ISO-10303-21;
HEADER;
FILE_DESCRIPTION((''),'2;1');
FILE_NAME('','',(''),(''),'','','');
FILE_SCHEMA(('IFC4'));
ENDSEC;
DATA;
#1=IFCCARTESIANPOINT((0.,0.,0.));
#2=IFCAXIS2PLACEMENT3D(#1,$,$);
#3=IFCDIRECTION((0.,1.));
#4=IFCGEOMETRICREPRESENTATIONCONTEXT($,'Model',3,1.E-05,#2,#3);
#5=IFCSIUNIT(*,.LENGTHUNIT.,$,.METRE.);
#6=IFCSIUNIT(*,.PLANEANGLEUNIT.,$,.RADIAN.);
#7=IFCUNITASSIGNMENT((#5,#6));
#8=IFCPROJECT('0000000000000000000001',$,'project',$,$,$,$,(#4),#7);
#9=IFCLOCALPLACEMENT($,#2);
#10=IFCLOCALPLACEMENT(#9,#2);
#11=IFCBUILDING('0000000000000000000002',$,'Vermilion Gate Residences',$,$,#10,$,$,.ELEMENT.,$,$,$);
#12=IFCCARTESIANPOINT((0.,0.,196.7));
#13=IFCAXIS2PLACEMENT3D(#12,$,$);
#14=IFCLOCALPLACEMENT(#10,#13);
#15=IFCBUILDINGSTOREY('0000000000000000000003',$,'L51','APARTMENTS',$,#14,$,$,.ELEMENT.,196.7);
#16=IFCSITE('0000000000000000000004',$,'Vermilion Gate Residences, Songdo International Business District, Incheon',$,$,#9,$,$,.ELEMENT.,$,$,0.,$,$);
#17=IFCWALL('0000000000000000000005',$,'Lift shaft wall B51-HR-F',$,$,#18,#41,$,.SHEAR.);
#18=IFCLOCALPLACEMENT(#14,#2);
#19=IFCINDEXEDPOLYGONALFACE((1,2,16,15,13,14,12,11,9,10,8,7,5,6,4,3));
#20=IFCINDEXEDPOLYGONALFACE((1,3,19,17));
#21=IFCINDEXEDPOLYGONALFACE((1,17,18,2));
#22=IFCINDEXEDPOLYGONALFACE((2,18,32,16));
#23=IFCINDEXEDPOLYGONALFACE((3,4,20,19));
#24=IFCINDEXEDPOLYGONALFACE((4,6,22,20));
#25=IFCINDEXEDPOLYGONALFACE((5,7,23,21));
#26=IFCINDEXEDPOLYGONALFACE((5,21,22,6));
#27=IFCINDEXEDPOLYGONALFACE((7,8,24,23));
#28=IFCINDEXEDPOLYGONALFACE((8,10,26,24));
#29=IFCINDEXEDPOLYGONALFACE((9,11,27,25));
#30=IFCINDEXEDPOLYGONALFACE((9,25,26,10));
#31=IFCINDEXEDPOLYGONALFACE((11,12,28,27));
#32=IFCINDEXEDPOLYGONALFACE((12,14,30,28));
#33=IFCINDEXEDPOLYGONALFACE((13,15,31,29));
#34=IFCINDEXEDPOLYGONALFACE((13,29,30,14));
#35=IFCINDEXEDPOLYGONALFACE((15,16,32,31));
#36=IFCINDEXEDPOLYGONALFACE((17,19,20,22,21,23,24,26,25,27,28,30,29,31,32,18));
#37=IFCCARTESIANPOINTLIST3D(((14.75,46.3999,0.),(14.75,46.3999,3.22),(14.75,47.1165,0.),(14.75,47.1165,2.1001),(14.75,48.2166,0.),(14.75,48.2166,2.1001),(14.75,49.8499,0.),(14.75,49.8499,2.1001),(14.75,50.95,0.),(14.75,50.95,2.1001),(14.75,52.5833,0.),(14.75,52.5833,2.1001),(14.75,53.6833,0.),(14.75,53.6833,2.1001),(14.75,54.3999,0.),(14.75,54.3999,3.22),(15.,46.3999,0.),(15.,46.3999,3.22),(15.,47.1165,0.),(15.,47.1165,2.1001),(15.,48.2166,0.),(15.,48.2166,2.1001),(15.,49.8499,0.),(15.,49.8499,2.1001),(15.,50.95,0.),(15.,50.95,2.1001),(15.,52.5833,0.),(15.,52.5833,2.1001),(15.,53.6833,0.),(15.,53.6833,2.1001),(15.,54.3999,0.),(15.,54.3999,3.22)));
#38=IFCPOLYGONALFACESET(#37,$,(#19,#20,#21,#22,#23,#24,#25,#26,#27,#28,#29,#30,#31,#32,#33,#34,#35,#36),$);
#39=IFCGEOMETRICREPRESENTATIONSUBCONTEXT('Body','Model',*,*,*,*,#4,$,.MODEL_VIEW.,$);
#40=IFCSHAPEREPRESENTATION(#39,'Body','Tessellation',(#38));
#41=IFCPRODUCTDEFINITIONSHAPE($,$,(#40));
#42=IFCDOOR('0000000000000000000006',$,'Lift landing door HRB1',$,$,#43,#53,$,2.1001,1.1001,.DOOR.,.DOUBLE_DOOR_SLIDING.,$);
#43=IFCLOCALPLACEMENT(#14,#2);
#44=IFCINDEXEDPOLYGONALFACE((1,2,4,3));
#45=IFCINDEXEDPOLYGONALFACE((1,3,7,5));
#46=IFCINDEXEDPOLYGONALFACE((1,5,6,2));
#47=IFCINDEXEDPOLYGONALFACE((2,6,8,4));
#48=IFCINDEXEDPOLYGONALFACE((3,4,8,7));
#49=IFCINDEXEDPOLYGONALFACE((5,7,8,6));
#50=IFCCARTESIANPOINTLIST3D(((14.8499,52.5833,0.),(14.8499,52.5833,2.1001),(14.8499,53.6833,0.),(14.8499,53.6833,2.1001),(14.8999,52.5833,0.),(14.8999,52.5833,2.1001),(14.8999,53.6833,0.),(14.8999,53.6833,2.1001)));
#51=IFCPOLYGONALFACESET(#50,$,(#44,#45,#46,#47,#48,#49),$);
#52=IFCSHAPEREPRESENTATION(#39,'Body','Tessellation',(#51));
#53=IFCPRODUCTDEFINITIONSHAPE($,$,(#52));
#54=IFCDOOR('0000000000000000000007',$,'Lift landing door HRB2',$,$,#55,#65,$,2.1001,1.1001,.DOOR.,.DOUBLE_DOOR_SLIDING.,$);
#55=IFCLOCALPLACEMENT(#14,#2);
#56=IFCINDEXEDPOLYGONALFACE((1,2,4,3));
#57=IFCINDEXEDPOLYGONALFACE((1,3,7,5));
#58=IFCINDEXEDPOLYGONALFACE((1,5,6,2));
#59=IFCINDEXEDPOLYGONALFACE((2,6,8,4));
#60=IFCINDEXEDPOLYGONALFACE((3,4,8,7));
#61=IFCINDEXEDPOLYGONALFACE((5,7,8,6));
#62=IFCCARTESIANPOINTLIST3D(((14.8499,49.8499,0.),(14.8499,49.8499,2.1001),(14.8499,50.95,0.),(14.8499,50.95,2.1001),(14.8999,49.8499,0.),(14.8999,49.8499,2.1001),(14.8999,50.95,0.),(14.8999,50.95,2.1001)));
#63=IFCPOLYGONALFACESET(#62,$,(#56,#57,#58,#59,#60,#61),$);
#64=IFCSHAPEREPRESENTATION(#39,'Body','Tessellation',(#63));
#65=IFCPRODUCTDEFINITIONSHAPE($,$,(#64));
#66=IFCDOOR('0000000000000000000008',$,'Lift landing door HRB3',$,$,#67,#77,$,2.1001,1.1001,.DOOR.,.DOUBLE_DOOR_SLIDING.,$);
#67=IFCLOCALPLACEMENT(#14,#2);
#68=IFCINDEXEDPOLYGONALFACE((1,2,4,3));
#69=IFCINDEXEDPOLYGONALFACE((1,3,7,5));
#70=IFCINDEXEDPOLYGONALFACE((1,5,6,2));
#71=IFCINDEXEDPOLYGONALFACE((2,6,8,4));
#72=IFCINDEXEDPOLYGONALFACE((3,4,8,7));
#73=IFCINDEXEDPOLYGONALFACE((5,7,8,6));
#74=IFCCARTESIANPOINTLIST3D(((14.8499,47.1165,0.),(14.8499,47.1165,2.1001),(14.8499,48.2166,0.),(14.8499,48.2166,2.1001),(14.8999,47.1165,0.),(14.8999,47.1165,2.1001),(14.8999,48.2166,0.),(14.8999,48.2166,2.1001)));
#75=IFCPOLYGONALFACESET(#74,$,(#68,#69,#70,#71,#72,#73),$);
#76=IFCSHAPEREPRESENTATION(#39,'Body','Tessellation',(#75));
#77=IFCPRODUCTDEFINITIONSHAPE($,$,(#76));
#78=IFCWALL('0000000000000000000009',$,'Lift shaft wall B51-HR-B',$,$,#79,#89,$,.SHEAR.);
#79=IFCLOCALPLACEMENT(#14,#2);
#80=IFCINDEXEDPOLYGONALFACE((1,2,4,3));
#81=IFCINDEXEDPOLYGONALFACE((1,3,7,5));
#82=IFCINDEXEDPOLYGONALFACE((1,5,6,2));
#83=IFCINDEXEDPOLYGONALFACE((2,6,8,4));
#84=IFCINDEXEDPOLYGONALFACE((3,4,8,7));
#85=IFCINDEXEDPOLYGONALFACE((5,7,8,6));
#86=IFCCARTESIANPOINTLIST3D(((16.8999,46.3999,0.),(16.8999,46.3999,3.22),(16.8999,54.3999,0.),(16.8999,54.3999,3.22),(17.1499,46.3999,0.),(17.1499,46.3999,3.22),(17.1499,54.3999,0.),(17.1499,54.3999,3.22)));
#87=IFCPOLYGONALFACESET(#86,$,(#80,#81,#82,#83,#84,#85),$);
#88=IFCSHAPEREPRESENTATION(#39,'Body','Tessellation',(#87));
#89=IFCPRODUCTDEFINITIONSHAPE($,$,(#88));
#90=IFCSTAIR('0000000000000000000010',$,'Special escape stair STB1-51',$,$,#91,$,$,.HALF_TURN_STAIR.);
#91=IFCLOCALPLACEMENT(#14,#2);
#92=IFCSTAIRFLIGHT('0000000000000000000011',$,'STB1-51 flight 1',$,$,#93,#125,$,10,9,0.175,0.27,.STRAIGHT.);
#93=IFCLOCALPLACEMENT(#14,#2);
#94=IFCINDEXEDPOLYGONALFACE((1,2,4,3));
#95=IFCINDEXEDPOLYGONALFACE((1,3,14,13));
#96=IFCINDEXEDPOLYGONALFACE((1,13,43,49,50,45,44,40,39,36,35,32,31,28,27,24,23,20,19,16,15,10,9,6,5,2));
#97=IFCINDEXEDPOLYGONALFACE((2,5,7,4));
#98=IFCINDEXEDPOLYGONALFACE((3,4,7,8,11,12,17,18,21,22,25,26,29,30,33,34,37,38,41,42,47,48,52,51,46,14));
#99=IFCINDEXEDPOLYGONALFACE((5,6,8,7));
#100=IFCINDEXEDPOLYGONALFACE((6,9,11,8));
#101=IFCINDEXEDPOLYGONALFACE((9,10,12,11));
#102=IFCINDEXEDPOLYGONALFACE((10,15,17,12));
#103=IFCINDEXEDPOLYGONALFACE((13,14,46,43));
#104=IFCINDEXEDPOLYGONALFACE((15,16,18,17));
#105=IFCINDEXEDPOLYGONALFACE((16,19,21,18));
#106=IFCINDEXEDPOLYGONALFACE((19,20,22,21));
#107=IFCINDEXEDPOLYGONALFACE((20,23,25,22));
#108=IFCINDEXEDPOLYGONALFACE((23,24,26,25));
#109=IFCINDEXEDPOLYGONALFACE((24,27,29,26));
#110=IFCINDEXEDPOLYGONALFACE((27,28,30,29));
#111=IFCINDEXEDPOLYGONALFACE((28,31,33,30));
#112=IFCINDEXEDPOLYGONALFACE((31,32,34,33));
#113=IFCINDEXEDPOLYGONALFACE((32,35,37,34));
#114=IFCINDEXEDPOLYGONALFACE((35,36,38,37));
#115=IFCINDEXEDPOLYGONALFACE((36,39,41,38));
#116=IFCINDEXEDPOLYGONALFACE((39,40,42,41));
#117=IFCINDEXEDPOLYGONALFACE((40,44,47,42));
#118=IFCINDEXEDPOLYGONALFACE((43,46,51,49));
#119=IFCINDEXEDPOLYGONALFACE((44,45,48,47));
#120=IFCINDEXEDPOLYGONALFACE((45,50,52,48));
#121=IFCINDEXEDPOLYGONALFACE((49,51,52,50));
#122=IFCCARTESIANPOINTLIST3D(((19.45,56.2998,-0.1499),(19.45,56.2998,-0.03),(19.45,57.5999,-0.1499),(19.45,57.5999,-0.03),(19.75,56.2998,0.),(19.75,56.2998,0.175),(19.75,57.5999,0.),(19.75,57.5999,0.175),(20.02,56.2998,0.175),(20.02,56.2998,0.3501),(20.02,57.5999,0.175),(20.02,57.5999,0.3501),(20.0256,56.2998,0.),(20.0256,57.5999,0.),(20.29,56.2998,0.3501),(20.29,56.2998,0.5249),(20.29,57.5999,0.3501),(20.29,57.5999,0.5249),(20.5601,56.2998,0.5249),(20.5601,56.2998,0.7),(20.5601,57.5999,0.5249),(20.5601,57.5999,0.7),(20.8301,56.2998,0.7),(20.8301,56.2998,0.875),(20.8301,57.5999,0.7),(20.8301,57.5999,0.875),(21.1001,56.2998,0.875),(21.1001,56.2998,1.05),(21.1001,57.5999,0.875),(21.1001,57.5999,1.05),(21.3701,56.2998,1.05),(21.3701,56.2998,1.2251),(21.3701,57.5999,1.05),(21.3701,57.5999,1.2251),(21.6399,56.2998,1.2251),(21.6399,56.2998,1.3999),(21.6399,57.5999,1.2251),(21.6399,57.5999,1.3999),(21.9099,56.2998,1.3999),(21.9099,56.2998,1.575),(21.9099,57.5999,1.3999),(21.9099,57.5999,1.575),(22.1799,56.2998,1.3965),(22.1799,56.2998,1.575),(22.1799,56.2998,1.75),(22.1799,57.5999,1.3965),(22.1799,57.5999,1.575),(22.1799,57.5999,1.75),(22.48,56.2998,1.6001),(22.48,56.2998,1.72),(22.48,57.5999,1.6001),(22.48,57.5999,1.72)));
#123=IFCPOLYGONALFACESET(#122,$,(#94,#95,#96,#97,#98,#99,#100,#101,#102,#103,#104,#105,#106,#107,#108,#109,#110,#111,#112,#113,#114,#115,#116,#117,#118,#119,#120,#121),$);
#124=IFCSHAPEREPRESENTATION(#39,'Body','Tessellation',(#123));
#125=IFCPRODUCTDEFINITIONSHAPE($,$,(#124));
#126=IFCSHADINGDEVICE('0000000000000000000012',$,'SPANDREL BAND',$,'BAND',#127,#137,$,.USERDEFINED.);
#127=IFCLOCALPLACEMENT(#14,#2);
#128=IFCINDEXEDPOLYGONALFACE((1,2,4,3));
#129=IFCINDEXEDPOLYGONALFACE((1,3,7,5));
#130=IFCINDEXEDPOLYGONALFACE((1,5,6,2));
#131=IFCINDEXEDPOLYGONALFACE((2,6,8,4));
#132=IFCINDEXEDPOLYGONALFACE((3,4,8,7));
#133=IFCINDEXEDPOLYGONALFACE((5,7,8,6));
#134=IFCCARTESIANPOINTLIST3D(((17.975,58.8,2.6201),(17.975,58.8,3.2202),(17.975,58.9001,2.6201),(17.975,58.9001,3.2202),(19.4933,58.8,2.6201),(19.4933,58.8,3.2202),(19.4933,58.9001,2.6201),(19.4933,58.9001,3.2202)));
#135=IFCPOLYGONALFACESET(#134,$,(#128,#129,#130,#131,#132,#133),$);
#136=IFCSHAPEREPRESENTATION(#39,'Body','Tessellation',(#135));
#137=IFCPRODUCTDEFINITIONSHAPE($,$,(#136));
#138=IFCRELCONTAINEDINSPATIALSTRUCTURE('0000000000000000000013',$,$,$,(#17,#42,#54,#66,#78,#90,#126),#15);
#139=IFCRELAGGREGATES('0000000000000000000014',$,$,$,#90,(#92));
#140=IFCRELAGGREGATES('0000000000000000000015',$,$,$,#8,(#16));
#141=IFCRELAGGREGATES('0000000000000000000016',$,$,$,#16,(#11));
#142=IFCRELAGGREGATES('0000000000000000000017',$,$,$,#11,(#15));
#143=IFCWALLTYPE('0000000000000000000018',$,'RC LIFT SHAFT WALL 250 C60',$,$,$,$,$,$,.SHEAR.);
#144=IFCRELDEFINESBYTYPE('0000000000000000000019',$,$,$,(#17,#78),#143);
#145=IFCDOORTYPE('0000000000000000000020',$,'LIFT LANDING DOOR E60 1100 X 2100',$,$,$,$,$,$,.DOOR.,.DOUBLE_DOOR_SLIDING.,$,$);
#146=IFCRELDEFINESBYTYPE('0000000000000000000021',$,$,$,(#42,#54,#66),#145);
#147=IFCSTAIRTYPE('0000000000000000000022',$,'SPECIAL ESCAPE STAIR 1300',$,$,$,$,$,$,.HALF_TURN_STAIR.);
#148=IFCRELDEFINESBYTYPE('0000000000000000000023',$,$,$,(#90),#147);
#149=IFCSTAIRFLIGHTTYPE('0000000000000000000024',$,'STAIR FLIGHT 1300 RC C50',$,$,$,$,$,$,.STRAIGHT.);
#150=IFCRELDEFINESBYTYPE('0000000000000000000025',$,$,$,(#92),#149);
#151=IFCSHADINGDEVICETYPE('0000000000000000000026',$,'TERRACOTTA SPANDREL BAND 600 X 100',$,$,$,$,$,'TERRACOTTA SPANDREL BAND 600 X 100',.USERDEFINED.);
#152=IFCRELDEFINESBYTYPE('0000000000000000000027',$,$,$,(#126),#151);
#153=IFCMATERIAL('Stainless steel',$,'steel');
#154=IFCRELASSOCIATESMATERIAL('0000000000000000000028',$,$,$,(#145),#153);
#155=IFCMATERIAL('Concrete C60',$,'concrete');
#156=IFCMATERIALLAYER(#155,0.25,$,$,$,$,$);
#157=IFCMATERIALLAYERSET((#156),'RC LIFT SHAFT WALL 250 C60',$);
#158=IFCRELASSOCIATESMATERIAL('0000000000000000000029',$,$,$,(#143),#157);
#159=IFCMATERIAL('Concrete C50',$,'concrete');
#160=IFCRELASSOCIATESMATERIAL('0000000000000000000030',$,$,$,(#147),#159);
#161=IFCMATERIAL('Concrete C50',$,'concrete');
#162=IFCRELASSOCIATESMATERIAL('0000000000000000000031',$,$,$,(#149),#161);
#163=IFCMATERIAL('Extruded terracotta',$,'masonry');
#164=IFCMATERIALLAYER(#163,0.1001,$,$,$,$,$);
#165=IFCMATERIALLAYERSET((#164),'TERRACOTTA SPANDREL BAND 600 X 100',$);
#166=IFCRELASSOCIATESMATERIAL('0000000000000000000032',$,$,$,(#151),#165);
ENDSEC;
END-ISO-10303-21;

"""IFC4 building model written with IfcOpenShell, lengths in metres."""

from ifc_helpers import new_model, si_unit, direction, frame, frame_2d, origin, origin_2d, place, context, subcontext, project, spatial, polyline, rectangle, outline, extrude, material, layer, layer_set, type_object, element, fill, aggregate, save


model = new_model("IFC4")

# Units and contexts
model_context = context("Model", 3, precision=1e-05, world=origin(), true_north=direction((0.0, 1.0)))
body_context = subcontext(model_context, "Body", "Model", "MODEL_VIEW")
ifc_project = project(units=[si_unit("LENGTHUNIT", "METRE"), si_unit("PLANEANGLEUNIT", "RADIAN")], contexts=[model_context])

# Site, building, storey
site_placement = place(None, origin())
site = spatial("IfcSite", under=ifc_project, at=site_placement, Name="Vermilion Gate Residences, Songdo International Business District, Incheon", CompositionType="ELEMENT", RefElevation=0.0)
building_placement = place(site_placement, origin())
building = spatial("IfcBuilding", under=site, at=building_placement, Name="Vermilion Gate Residences", CompositionType="ELEMENT")
storey_placement = place(building_placement, frame((0.0, 0.0, 196.7)))
storey = spatial("IfcBuildingStorey", under=building, at=storey_placement, Name="L51", Description="APARTMENTS", CompositionType="ELEMENT", Elevation=196.7)

# Shared definitions
ifc_material_1 = material(Name="Stainless steel", Category="steel")
door_type_1 = type_object("IfcDoorType", Name="LIFT LANDING DOOR E60 1100 X 2100", OperationType="DOUBLE_DOOR_SLIDING", PredefinedType="DOOR", material=ifc_material_1)

# Wall, openings, doors
ifc_material_2 = material(Name="Concrete C60", Category="concrete")
ifc_layer_1 = layer(ifc_material_2, 0.25)
ifc_layer_set_1 = layer_set([ifc_layer_1], Name="RC LIFT SHAFT WALL 250 C60")
wall_type_1 = type_object("IfcWallType", Name="RC LIFT SHAFT WALL 250 C60", PredefinedType="SHEAR", material=ifc_layer_set_1)
wall_1_placement = place(storey_placement, frame((14.875, 54.3999, 0.0), z_axis=(0.0, 0.0, 1.0), x_axis=(0.0, -1.0, 0.0)))
wall_1 = element("IfcWall", 1, at=wall_1_placement, inside=storey, type_object=wall_type_1, Name="Lift shaft wall B51-HR-F", PredefinedType="SHEAR", context=body_context, shape_type="SweptSolid", body=[
    extrude(rectangle(XDim=8.0, YDim=0.25, at=frame_2d((4.0, 0.0))), origin(), (0.0, 0.0, 1.0), 3.22),
])
opening_1_placement = place(wall_1_placement, frame((0.7166, 0.0, 0.0)))
opening_1 = element("IfcOpeningElement", 2, at=opening_1_placement, cuts=wall_1, PredefinedType="OPENING", context=body_context, shape_type="SweptSolid", body=[
    extrude(rectangle(XDim=1.1001, YDim=2.1001, at=frame_2d((0.55, 1.05))), frame((0.0, 0.135, 0.0), z_axis=(0.0, -1.0, 0.0), x_axis=(1.0, 0.0, 0.0)), (0.0, 0.0, 1.0), 0.27),
])
opening_2_placement = place(wall_1_placement, frame((3.45, 0.0, 0.0)))
opening_2 = element("IfcOpeningElement", 3, at=opening_2_placement, cuts=wall_1, PredefinedType="OPENING", context=body_context, shape_type="SweptSolid", body=[
    extrude(rectangle(XDim=1.1001, YDim=2.1001, at=frame_2d((0.55, 1.05))), frame((0.0, 0.135, 0.0), z_axis=(0.0, -1.0, 0.0), x_axis=(1.0, 0.0, 0.0)), (0.0, 0.0, 1.0), 0.27),
])
opening_3_placement = place(wall_1_placement, frame((6.1833, 0.0, 0.0)))
opening_3 = element("IfcOpeningElement", 4, at=opening_3_placement, cuts=wall_1, PredefinedType="OPENING", context=body_context, shape_type="SweptSolid", body=[
    extrude(rectangle(XDim=1.1001, YDim=2.1001, at=frame_2d((0.55, 1.05))), frame((0.0, 0.135, 0.0), z_axis=(0.0, -1.0, 0.0), x_axis=(1.0, 0.0, 0.0)), (0.0, 0.0, 1.0), 0.27),
])
door_1_placement = place(opening_1_placement, origin())
door_1 = element("IfcDoor", 5, at=door_1_placement, inside=storey, type_object=door_type_1, Name="Lift landing door HRB1", OperationType="DOUBLE_DOOR_SLIDING", OverallHeight=2.1001, OverallWidth=1.1001, PredefinedType="DOOR", context=body_context, shape_type="SweptSolid", body=[
    extrude(rectangle(XDim=1.1001, YDim=2.1001, at=frame_2d((0.55, 1.05))), frame((0.0, 0.0249, 0.0), z_axis=(0.0, -1.0, 0.0), x_axis=(1.0, 0.0, 0.0)), (0.0, 0.0, 1.0), 0.05),
])
fill(opening_1, door_1)
door_2_placement = place(opening_2_placement, origin())
door_2 = element("IfcDoor", 6, at=door_2_placement, inside=storey, type_object=door_type_1, Name="Lift landing door HRB2", OperationType="DOUBLE_DOOR_SLIDING", OverallHeight=2.1001, OverallWidth=1.1001, PredefinedType="DOOR", context=body_context, shape_type="SweptSolid", body=[
    extrude(rectangle(XDim=1.1001, YDim=2.1001, at=frame_2d((0.55, 1.05))), frame((0.0, 0.0249, 0.0), z_axis=(0.0, -1.0, 0.0), x_axis=(1.0, 0.0, 0.0)), (0.0, 0.0, 1.0), 0.05),
])
fill(opening_2, door_2)
door_3_placement = place(opening_3_placement, origin())
door_3 = element("IfcDoor", 7, at=door_3_placement, inside=storey, type_object=door_type_1, Name="Lift landing door HRB3", OperationType="DOUBLE_DOOR_SLIDING", OverallHeight=2.1001, OverallWidth=1.1001, PredefinedType="DOOR", context=body_context, shape_type="SweptSolid", body=[
    extrude(rectangle(XDim=1.1001, YDim=2.1001, at=frame_2d((0.55, 1.05))), frame((0.0, 0.0249, 0.0), z_axis=(0.0, -1.0, 0.0), x_axis=(1.0, 0.0, 0.0)), (0.0, 0.0, 1.0), 0.05),
])
fill(opening_3, door_3)

# Wall
wall_2_placement = place(storey_placement, frame((17.0249, 54.3999, 0.0), z_axis=(0.0, 0.0, 1.0), x_axis=(0.0, -1.0, 0.0)))
element("IfcWall", 8, at=wall_2_placement, inside=storey, type_object=wall_type_1, Name="Lift shaft wall B51-HR-B", PredefinedType="SHEAR", context=body_context, shape_type="SweptSolid", body=[
    extrude(rectangle(XDim=8.0, YDim=0.25, at=frame_2d((4.0, 0.0))), origin(), (0.0, 0.0, 1.0), 3.22),
])

# Stair, stair flight
ifc_material_3 = material(Name="Concrete C50", Category="concrete")
stair_type = type_object("IfcStairType", Name="SPECIAL ESCAPE STAIR 1300", PredefinedType="HALF_TURN_STAIR", material=ifc_material_3)
stair_placement = place(storey_placement, origin())
stair = element("IfcStair", 9, at=stair_placement, inside=storey, type_object=stair_type, Name="Special escape stair STB1-51", PredefinedType="HALF_TURN_STAIR")
ifc_material_4 = material(Name="Concrete C50", Category="concrete")
stair_flight_type = type_object("IfcStairFlightType", Name="STAIR FLIGHT 1300 RC C50", PredefinedType="STRAIGHT", material=ifc_material_4)
stair_flight_placement = place(storey_placement, frame((19.75, 56.95, 0.0), z_axis=(0.0, 0.0, 1.0), x_axis=(1.0, 0.0, 0.0)))
stair_flight = element("IfcStairFlight", 10, at=stair_flight_placement, type_object=stair_flight_type, Name="STB1-51 flight 1", NumberOfRisers=10, NumberOfTreads=9, PredefinedType="STRAIGHT", RiserHeight=0.175, TreadLength=0.27, context=body_context, shape_type="SweptSolid", body=[
    extrude(outline(polyline([(-0.3, -0.1499), (-0.3, -0.03), (0.0, 0.0), (0.0, 0.175), (0.27, 0.175), (0.27, 0.3501), (0.54, 0.3501), (0.54, 0.5249), (0.8101, 0.5249), (0.8101, 0.7), (1.0801, 0.7), (1.0801, 0.875), (1.3501, 0.875), (1.3501, 1.05), (1.6201, 1.05), (1.6201, 1.2251), (1.8899, 1.2251), (1.8899, 1.3999), (2.1599, 1.3999), (2.1599, 1.575), (2.4299, 1.575), (2.4299, 1.75), (2.73, 1.72), (2.73, 1.6001), (2.4299, 1.3965), (0.2756, 0.0), (-0.3, -0.1499)])), frame((0.0, 0.6499, 0.0), z_axis=(0.0, -1.0, 0.0), x_axis=(1.0, 0.0, 0.0)), (0.0, 0.0, 1.0), 1.3),
])
aggregate(stair, [stair_flight])

# Shading device
ifc_material_5 = material(Name="Extruded terracotta", Category="masonry")
ifc_layer_2 = layer(ifc_material_5, 0.1001)
ifc_layer_set_2 = layer_set([ifc_layer_2], Name="TERRACOTTA SPANDREL BAND 600 X 100")
shading_device_type = type_object("IfcShadingDeviceType", Name="TERRACOTTA SPANDREL BAND 600 X 100", ElementType="TERRACOTTA SPANDREL BAND 600 X 100", PredefinedType="USERDEFINED", material=ifc_layer_set_2)
shading_device_placement = place(storey_placement, frame((18.7341, 58.8501, 2.6201), z_axis=(0.0, 0.0, 1.0), x_axis=(1.0, 0.0, 0.0)))
element("IfcShadingDevice", 11, at=shading_device_placement, inside=storey, type_object=shading_device_type, Name="SPANDREL BAND", ObjectType="BAND", PredefinedType="USERDEFINED", context=body_context, shape_type="SweptSolid", body=[
    extrude(rectangle(XDim=1.5183, YDim=0.1001, at=origin_2d()), origin(), (0.0, 0.0, 1.0), 0.6001),
])

save(model, "model.ifc")
